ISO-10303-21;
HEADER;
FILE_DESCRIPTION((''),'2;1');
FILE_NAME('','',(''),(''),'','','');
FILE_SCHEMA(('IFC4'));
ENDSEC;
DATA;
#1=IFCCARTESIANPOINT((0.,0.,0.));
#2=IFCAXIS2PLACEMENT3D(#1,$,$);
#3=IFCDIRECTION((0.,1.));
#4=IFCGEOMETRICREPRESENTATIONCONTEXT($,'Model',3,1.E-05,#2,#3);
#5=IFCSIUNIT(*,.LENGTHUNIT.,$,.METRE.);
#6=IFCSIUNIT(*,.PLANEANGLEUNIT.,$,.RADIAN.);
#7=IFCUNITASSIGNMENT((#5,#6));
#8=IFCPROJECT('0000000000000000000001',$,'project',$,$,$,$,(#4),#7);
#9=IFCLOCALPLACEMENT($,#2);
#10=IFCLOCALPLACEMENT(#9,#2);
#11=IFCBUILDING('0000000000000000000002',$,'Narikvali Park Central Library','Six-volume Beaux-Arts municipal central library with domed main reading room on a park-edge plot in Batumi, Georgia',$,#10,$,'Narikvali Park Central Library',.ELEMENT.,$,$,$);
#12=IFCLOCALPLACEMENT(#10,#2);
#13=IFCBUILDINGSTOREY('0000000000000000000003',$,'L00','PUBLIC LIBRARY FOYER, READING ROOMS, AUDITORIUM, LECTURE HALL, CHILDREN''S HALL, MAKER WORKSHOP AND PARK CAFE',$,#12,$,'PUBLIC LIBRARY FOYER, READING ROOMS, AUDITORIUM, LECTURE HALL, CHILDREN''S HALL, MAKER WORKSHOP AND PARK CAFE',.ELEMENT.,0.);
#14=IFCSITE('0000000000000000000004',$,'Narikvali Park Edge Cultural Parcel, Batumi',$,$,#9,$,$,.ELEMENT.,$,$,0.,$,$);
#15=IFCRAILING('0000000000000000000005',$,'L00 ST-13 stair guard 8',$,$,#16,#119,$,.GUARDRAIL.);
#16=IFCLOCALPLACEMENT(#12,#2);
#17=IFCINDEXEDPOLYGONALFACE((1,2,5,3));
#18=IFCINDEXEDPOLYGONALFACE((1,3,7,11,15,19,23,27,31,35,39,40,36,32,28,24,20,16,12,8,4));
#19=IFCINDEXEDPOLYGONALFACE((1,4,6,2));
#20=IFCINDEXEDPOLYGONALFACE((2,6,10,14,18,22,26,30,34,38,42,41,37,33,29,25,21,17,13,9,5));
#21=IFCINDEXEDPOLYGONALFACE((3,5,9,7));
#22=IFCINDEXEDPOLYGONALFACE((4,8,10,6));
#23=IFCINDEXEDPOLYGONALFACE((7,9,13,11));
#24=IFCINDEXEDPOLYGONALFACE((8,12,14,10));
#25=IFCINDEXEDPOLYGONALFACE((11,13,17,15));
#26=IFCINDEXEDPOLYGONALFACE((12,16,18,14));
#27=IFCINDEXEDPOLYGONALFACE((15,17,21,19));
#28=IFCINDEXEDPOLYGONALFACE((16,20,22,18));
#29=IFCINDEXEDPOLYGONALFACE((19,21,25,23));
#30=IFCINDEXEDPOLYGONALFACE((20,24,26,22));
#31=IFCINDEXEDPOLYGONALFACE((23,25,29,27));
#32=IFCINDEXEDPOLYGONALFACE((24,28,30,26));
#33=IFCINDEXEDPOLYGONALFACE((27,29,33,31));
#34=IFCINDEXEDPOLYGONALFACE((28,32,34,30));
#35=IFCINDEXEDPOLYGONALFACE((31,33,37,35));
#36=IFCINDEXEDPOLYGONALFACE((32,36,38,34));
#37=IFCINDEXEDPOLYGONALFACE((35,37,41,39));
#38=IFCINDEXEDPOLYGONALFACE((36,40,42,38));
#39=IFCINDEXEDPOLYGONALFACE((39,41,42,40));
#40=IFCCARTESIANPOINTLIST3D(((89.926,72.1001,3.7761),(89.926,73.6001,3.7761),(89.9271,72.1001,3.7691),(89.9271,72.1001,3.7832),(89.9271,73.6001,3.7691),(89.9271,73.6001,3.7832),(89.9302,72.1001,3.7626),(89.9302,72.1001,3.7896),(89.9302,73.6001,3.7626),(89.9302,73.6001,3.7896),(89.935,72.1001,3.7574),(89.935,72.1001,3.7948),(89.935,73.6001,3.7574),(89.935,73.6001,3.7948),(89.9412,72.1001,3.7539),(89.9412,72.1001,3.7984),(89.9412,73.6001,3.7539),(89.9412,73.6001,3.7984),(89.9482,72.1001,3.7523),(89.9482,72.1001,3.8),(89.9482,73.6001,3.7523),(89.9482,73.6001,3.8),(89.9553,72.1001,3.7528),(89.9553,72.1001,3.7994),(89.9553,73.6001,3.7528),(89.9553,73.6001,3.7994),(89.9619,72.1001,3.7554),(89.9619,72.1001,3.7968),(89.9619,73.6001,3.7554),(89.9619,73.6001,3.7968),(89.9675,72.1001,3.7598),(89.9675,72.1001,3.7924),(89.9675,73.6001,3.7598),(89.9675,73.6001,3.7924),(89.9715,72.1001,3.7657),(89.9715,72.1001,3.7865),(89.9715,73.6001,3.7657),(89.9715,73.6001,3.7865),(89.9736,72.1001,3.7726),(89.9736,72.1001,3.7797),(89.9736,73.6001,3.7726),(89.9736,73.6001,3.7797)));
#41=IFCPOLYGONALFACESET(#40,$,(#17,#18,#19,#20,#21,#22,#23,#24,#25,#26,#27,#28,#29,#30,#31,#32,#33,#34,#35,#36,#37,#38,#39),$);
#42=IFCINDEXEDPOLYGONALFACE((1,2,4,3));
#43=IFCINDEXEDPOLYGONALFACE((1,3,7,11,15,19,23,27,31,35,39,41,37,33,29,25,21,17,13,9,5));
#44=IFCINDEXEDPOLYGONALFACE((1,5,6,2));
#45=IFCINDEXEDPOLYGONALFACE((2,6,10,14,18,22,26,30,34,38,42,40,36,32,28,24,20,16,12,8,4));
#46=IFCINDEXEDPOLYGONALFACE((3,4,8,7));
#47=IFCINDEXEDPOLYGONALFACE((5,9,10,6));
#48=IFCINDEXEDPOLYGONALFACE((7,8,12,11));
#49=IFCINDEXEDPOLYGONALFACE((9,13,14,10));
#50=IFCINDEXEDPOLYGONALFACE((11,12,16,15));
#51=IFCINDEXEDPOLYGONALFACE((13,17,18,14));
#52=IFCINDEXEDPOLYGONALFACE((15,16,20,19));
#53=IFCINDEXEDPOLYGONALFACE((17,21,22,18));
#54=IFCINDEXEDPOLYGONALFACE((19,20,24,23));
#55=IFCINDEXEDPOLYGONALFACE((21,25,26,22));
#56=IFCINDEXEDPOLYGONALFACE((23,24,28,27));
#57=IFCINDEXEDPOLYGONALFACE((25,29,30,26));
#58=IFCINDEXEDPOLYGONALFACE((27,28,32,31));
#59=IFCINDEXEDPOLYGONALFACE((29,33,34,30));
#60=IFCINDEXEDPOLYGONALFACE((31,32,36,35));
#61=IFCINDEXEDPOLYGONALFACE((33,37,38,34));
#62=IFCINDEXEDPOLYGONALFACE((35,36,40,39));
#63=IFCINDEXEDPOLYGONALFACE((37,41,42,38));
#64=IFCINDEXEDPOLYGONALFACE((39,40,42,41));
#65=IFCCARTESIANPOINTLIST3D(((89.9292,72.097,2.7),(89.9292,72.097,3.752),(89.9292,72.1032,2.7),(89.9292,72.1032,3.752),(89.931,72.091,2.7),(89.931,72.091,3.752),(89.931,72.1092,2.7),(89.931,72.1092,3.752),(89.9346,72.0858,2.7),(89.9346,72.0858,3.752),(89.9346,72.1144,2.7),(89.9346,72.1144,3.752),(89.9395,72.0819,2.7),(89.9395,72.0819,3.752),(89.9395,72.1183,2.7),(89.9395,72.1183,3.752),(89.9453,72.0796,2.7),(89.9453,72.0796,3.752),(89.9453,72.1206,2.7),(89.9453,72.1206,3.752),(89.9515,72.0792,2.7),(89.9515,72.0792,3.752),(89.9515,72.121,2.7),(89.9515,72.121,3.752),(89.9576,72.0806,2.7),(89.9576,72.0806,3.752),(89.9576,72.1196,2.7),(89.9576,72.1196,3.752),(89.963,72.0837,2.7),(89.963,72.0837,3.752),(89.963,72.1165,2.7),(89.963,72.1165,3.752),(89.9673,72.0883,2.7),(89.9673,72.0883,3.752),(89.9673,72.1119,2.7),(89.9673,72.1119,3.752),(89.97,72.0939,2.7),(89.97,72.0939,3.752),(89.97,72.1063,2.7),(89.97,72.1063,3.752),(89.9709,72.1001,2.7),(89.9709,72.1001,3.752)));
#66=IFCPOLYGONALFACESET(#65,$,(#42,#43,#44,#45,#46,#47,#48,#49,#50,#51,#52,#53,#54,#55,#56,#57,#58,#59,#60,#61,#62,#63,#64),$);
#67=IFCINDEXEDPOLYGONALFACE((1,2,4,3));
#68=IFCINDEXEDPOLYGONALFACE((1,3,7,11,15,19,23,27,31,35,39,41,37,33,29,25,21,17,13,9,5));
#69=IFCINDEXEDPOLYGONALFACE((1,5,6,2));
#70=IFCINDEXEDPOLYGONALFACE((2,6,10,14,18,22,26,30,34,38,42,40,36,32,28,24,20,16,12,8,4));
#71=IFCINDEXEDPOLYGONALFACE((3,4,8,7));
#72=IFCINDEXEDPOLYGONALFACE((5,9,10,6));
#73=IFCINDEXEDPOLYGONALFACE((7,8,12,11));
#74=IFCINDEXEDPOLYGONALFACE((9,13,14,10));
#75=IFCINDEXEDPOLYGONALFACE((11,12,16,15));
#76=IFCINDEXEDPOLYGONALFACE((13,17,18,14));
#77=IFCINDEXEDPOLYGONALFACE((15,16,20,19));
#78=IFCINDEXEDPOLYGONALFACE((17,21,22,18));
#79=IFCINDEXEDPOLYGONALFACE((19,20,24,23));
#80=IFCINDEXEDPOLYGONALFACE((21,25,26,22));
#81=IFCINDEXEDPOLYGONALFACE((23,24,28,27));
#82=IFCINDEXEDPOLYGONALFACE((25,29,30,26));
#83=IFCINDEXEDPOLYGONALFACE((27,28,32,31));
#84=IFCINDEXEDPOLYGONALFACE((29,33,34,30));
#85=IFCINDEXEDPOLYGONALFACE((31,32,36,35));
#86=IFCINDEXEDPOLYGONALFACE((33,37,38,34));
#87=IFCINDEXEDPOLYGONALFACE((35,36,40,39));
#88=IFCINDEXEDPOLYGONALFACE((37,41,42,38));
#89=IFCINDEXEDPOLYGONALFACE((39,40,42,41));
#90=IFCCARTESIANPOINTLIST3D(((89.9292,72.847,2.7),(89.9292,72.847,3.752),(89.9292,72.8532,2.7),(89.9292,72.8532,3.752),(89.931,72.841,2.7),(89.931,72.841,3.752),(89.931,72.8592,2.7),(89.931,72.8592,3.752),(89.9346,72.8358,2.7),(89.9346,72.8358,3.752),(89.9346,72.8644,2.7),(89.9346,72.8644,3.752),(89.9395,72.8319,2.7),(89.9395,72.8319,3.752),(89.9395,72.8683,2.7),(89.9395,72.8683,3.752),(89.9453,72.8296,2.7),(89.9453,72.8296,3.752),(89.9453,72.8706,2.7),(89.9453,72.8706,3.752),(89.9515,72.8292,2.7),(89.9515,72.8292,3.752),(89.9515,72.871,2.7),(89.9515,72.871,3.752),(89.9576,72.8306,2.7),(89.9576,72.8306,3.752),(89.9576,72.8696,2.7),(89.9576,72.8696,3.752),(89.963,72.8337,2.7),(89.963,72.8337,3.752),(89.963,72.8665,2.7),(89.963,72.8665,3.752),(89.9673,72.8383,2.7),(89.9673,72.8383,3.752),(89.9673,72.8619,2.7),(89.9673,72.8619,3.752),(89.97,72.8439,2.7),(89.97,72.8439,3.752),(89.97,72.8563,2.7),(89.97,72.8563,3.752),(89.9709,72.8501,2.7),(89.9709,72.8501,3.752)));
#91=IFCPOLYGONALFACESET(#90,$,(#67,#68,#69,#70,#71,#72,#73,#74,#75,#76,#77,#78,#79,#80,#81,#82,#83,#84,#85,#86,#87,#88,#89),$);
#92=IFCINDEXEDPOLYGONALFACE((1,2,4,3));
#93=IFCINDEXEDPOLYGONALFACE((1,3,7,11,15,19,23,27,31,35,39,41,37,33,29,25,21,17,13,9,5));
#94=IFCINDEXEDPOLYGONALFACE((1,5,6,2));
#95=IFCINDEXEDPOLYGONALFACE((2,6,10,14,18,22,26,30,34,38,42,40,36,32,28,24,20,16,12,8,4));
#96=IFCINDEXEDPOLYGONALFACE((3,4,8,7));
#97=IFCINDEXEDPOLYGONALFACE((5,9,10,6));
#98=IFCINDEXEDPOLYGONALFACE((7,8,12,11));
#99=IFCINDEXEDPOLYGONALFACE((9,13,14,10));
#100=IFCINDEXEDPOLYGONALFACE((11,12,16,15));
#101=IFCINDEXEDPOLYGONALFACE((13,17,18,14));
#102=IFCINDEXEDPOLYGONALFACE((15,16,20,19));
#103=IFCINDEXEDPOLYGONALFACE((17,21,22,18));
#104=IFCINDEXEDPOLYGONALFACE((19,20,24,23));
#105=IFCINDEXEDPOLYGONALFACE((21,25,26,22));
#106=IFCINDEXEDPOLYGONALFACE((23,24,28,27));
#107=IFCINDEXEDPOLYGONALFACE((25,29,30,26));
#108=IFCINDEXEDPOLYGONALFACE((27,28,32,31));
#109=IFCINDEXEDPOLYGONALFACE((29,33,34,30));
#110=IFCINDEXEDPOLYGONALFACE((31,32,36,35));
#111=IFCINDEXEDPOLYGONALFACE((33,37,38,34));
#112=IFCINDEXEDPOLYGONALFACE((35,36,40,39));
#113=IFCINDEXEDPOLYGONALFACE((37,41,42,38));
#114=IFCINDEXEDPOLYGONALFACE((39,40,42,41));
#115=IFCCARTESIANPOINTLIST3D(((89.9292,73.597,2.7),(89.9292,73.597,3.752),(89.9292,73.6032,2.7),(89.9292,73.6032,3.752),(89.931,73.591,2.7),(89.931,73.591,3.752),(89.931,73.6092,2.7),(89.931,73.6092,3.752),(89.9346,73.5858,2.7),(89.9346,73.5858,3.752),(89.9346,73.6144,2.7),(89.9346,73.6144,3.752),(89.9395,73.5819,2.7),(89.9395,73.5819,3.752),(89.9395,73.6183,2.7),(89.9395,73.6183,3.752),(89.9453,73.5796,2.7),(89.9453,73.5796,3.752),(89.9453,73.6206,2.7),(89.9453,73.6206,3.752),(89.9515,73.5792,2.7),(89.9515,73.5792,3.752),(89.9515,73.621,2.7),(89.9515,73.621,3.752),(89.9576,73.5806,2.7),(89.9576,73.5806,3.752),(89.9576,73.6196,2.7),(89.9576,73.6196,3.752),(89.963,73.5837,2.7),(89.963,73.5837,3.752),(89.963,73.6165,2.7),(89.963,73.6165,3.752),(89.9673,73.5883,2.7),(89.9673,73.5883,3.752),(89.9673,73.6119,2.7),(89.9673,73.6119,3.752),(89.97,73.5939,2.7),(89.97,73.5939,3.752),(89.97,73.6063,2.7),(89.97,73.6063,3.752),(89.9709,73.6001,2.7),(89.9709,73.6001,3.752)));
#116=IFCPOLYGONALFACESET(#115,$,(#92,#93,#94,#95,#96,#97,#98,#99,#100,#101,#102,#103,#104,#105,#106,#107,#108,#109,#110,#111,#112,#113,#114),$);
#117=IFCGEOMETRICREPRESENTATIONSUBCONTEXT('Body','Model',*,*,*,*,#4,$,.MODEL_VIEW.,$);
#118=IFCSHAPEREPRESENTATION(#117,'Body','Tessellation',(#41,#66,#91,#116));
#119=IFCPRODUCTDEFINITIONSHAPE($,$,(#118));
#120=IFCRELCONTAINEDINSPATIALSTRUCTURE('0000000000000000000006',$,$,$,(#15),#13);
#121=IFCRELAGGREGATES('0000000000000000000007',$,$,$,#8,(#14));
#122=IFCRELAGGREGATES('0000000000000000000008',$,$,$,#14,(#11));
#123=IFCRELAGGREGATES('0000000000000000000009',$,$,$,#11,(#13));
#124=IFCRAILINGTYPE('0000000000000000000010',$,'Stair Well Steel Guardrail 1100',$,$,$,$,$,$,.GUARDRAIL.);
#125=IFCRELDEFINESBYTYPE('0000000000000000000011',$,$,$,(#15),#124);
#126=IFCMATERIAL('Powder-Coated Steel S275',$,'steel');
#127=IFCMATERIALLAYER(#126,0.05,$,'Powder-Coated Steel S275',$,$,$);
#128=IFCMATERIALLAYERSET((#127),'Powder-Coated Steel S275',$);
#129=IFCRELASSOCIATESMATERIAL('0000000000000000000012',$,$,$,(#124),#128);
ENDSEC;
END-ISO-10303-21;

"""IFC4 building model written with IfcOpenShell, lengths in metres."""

from ifc_helpers import new_model, si_unit, direction, frame, origin, origin_2d, place, context, subcontext, project, spatial, circle, extrude, material, layer, layer_set, type_object, element, save


model = new_model("IFC4")

# Units and contexts
model_context = context("Model", 3, precision=1e-05, world=origin(), true_north=direction((0.0, 1.0)))
body_context = subcontext(model_context, "Body", "Model", "MODEL_VIEW")
ifc_project = project(units=[si_unit("LENGTHUNIT", "METRE"), si_unit("PLANEANGLEUNIT", "RADIAN")], contexts=[model_context])

# Site, building, storey
site_placement = place(None, origin())
site = spatial("IfcSite", under=ifc_project, at=site_placement, Name="Narikvali Park Edge Cultural Parcel, Batumi", CompositionType="ELEMENT", RefElevation=0.0)
building_placement = place(site_placement, origin())
building = spatial("IfcBuilding", under=site, at=building_placement, Name="Narikvali Park Central Library", Description="Six-volume Beaux-Arts municipal central library with domed main reading room on a park-edge plot in Batumi, Georgia", LongName="Narikvali Park Central Library", CompositionType="ELEMENT")
storey_placement = place(building_placement, origin())
storey = spatial("IfcBuildingStorey", under=building, at=storey_placement, Name="L00", Description="PUBLIC LIBRARY FOYER, READING ROOMS, AUDITORIUM, LECTURE HALL, CHILDREN'S HALL, MAKER WORKSHOP AND PARK CAFE", LongName="PUBLIC LIBRARY FOYER, READING ROOMS, AUDITORIUM, LECTURE HALL, CHILDREN'S HALL, MAKER WORKSHOP AND PARK CAFE", CompositionType="ELEMENT", Elevation=0.0)

# Railing
ifc_material_1 = material(Name="Powder-Coated Steel S275", Category="steel")
ifc_layer_1 = layer(ifc_material_1, 0.05, Name="Powder-Coated Steel S275")
ifc_layer_set_1 = layer_set([ifc_layer_1], Name="Powder-Coated Steel S275")
railing_type_1 = type_object("IfcRailingType", Name="Stair Well Steel Guardrail 1100", PredefinedType="GUARDRAIL", material=ifc_layer_set_1)
for number, where, name in (
    (1, (89.95, 72.1001, 2.7), "L00 ST-13 stair guard 8"),
):
    element("IfcRailing", number, at=place(storey_placement, frame(where)), inside=storey, type_object=railing_type_1, Name=name, PredefinedType="GUARDRAIL", context=body_context, shape_type="SweptSolid", body=[
        extrude(circle(Radius=0.0239, at=origin_2d()), frame((0.0, 0.0, 1.0762), z_axis=(0.0, 1.0, 0.0), x_axis=(-1.0, 0.0, 0.0)), (0.0, 0.0, 1.0), 1.5),
        extrude(circle(Radius=0.021, at=origin_2d()), origin(), (0.0, 0.0, 1.0), 1.052),
        extrude(circle(Radius=0.021, at=origin_2d()), frame((0.0, 0.75, 0.0)), (0.0, 0.0, 1.0), 1.052),
        extrude(circle(Radius=0.021, at=origin_2d()), frame((0.0, 1.5, 0.0)), (0.0, 0.0, 1.0), 1.052),
    ])

save(model, "model.ifc")
